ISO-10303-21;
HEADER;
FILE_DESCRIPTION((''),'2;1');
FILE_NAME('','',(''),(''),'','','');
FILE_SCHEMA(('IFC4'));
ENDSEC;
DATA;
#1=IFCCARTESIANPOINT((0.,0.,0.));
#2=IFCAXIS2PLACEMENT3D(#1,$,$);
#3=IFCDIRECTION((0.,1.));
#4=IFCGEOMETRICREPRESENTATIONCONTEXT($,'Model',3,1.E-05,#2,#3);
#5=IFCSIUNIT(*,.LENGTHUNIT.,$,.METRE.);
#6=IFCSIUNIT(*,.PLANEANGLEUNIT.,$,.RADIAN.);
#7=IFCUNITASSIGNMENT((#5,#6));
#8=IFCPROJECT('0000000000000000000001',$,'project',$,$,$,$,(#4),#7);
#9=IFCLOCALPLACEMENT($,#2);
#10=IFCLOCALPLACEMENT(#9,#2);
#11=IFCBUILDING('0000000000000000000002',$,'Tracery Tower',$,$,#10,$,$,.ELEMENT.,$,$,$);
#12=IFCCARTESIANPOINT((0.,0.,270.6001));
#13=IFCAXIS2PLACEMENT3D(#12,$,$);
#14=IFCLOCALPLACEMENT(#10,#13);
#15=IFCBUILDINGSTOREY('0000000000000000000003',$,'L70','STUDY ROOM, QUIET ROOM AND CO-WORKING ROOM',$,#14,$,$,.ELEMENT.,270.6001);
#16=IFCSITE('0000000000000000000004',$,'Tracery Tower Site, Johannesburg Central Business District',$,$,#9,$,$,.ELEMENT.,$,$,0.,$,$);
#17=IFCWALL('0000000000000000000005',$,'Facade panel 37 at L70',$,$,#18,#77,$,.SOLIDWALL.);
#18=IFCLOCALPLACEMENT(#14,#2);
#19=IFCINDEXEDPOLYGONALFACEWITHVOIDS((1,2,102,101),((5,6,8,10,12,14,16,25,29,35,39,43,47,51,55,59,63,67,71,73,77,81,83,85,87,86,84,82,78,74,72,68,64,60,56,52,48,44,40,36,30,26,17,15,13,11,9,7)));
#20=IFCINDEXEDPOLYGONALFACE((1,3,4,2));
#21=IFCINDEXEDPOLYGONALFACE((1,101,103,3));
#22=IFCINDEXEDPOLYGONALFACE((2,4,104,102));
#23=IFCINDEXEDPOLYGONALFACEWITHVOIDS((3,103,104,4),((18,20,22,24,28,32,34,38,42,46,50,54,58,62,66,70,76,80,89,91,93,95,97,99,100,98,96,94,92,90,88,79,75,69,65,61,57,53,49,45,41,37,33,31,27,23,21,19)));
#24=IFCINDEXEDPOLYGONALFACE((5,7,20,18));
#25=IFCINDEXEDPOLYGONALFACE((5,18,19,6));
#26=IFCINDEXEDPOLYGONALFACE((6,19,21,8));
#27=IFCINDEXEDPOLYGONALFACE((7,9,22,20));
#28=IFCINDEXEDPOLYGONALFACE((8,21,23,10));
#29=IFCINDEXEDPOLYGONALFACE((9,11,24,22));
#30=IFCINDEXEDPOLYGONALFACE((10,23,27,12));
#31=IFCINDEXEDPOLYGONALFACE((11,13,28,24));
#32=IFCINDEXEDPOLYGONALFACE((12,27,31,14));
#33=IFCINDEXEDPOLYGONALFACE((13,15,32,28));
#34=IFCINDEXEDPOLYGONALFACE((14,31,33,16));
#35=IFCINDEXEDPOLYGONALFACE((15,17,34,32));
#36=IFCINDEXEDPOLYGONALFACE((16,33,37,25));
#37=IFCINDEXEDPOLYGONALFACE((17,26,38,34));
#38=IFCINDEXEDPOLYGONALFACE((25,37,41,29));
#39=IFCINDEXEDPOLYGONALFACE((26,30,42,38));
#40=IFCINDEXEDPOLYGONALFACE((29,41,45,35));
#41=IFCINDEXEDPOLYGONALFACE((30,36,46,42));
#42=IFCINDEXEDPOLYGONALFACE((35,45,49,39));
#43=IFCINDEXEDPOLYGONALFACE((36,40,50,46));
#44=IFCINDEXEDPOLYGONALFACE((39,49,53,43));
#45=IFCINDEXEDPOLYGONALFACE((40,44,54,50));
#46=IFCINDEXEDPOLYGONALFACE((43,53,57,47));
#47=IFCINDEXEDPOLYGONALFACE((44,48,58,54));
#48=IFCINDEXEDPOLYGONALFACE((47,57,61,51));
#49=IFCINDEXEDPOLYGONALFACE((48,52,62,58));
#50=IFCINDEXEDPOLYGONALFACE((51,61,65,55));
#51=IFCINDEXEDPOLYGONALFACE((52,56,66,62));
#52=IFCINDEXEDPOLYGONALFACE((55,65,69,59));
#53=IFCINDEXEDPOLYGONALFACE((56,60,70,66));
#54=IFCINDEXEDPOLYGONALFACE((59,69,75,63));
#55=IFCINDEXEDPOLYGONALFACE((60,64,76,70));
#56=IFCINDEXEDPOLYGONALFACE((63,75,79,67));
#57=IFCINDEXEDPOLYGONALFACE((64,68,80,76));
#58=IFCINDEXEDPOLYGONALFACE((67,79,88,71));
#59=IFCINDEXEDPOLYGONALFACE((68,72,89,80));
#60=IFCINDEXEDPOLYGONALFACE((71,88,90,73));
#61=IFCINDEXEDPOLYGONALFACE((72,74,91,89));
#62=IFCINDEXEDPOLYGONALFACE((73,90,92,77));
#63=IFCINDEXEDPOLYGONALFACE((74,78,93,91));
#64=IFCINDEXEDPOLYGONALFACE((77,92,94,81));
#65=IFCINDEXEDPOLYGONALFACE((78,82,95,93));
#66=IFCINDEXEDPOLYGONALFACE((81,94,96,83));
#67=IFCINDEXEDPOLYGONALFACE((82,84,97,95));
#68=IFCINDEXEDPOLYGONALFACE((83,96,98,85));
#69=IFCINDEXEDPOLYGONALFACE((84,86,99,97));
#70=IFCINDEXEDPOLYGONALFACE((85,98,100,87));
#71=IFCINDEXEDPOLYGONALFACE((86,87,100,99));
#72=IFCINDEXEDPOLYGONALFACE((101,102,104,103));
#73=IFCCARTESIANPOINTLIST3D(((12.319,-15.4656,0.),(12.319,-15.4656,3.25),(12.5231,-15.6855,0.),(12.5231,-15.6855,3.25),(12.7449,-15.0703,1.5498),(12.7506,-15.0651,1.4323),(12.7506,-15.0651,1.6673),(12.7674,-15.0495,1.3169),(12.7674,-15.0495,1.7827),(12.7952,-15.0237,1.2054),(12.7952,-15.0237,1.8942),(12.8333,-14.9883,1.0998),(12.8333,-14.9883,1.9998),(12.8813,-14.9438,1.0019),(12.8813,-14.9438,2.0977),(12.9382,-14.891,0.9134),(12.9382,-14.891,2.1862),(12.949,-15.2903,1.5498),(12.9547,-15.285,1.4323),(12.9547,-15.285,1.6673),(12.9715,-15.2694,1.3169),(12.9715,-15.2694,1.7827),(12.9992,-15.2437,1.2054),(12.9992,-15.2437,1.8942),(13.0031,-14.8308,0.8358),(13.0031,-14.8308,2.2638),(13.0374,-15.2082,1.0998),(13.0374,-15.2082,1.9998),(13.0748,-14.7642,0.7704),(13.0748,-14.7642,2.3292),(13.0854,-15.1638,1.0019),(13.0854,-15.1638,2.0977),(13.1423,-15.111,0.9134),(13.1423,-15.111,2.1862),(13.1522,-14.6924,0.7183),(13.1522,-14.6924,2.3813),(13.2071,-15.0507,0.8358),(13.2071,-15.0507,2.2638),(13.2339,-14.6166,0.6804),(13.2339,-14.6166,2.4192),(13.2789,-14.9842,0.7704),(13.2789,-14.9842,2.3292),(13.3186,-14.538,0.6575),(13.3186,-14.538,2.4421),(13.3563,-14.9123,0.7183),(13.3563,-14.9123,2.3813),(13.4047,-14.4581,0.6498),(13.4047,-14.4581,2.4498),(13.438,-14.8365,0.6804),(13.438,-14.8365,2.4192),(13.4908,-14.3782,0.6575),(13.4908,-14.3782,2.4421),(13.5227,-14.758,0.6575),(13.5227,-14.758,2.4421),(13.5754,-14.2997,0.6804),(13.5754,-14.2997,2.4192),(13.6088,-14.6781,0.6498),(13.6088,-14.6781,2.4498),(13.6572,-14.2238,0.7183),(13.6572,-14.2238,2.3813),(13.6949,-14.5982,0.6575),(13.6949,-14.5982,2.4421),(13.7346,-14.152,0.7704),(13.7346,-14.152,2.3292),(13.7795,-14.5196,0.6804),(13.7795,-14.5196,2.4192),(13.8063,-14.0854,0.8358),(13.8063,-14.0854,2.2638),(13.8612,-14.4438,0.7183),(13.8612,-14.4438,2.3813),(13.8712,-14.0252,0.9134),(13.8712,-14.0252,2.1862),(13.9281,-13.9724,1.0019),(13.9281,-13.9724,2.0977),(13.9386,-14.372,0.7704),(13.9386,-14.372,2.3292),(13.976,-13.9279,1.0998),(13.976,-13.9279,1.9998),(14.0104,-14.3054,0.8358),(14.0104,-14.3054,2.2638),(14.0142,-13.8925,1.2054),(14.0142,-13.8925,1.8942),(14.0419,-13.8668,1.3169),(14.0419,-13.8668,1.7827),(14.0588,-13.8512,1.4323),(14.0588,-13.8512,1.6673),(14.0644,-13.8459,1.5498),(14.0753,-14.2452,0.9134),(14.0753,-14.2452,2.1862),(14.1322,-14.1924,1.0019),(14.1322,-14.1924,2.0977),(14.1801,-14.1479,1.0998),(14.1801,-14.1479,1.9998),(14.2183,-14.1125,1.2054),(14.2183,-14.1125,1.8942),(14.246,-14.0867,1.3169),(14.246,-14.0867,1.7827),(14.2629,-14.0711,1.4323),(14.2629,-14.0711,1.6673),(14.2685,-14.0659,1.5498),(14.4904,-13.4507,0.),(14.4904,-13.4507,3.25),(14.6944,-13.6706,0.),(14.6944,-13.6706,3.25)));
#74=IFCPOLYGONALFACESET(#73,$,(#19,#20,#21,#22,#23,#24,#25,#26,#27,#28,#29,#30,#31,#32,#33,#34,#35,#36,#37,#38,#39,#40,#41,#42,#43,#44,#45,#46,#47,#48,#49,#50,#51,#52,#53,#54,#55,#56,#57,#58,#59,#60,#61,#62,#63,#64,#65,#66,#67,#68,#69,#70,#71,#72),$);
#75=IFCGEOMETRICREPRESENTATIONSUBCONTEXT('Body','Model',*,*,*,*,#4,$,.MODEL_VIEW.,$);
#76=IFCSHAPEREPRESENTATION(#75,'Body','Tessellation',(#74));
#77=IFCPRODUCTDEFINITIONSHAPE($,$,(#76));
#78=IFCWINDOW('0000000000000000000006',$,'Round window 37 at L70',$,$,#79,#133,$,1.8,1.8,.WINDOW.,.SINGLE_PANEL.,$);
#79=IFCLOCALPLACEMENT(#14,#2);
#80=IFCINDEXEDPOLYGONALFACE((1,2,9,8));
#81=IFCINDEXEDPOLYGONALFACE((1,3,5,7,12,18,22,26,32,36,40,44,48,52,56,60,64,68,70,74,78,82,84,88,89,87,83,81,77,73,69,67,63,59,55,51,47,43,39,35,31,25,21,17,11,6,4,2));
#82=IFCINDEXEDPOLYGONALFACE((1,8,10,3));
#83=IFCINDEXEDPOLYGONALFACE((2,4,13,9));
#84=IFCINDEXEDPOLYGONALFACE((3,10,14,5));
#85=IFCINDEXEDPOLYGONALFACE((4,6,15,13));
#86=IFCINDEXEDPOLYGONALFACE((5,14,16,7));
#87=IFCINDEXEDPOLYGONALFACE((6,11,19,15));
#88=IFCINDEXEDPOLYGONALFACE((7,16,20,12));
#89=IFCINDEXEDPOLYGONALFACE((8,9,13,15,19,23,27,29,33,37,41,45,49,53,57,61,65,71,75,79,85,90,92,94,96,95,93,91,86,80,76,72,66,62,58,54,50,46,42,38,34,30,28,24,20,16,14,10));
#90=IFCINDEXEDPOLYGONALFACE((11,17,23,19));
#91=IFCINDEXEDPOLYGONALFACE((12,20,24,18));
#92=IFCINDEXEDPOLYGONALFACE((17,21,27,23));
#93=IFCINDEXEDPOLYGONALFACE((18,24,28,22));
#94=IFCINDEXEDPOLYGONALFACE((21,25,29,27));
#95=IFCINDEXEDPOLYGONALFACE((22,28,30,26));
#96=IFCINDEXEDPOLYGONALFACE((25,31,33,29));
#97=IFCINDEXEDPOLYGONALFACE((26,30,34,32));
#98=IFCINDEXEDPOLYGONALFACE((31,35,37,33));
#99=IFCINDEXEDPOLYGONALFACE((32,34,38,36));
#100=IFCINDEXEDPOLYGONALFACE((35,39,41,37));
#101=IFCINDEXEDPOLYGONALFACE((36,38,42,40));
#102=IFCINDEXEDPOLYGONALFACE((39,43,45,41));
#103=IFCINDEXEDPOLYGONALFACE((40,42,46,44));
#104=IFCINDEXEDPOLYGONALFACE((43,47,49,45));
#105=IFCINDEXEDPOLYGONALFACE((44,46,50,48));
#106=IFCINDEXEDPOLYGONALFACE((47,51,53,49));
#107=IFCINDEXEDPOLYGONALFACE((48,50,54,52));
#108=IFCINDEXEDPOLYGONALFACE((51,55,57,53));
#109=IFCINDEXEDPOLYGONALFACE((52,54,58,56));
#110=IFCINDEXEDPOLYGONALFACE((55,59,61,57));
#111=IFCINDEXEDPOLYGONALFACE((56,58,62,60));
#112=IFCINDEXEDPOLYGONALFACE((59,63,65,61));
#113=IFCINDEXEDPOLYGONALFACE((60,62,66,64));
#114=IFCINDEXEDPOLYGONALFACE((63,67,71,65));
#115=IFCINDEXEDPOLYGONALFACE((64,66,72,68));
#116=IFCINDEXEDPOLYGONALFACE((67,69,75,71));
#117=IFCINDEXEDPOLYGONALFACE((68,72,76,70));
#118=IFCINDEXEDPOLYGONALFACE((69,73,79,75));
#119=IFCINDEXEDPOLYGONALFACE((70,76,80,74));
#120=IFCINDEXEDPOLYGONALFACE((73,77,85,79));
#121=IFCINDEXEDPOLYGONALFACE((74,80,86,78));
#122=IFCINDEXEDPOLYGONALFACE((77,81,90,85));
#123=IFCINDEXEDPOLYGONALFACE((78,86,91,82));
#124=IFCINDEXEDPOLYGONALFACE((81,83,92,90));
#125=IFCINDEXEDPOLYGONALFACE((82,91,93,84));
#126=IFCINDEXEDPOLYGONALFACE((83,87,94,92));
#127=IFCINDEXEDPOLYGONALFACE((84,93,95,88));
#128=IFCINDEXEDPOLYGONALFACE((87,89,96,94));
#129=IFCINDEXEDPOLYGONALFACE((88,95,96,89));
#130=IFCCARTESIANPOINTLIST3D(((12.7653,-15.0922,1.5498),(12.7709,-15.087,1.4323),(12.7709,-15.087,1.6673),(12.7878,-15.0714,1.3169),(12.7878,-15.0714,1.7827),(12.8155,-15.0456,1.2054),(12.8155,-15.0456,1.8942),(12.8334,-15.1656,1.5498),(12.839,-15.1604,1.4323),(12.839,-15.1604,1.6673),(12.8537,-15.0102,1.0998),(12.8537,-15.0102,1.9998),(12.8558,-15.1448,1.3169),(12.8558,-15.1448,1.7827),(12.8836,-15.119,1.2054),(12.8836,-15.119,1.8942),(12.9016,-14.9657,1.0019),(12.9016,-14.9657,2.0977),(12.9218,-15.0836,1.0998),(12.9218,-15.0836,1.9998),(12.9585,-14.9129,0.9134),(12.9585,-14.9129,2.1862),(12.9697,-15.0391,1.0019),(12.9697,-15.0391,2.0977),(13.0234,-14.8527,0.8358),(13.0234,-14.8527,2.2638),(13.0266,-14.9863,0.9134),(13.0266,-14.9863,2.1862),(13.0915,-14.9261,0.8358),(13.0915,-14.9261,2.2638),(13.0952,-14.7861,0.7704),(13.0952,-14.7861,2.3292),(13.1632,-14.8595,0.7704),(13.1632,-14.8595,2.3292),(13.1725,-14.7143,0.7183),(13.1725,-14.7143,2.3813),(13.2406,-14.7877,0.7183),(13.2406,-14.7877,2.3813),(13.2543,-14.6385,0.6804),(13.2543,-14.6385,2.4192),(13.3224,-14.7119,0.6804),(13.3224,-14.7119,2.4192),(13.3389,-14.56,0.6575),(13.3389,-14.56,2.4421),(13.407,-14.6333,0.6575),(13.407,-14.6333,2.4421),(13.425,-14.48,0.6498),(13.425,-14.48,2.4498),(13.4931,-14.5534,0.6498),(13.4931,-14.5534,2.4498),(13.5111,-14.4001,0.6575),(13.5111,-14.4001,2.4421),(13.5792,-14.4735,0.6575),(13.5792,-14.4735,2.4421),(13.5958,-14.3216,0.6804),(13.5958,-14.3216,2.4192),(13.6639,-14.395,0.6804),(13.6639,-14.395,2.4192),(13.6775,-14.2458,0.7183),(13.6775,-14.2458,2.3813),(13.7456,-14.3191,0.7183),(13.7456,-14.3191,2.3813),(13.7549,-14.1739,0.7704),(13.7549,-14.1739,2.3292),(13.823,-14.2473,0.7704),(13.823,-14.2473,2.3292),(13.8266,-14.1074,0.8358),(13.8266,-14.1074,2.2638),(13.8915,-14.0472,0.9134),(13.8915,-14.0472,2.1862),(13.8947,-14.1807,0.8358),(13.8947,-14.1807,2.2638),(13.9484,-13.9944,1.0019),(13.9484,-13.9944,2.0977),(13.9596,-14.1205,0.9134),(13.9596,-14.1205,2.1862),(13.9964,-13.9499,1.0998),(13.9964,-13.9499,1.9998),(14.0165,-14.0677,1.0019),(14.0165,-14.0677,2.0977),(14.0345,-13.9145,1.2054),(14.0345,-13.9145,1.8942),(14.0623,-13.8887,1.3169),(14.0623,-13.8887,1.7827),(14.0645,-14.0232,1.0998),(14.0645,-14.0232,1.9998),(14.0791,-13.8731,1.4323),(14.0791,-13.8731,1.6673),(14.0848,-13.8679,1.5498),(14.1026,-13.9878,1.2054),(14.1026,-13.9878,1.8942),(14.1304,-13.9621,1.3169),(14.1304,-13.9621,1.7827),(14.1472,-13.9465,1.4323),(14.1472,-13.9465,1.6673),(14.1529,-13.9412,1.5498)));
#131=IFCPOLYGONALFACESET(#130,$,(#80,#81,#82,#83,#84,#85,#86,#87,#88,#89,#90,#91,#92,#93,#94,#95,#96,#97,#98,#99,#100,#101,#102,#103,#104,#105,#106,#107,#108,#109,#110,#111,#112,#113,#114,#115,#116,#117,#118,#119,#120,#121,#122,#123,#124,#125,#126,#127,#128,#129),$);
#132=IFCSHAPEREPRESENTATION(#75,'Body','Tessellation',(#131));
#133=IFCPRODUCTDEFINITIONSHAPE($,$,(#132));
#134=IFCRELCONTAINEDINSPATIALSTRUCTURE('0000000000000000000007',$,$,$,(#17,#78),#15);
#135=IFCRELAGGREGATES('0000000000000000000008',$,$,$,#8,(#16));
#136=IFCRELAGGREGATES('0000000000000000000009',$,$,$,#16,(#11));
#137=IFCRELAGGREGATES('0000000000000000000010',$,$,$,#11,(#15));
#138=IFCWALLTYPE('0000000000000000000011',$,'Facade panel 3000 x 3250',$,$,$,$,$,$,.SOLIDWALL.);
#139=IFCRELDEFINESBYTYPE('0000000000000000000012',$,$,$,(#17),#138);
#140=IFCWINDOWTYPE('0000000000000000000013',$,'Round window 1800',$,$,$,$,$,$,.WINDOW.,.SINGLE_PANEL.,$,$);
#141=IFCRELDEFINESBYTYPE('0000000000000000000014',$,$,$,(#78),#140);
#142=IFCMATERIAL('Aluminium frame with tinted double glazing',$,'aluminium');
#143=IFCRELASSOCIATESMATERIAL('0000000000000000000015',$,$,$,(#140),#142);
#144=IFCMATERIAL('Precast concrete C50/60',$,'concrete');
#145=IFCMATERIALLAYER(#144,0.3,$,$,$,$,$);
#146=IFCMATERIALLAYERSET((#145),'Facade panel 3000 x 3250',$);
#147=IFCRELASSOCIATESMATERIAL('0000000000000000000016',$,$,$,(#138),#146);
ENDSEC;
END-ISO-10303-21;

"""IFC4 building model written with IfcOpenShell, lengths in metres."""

from ifc_helpers import new_model, si_unit, direction, frame, frame_2d, origin, origin_2d, place, context, subcontext, project, spatial, rectangle, circle, extrude, material, layer, layer_set, type_object, element, fill, save


model = new_model("IFC4")

# Units and contexts
model_context = context("Model", 3, precision=1e-05, world=origin(), true_north=direction((0.0, 1.0)))
body_context = subcontext(model_context, "Body", "Model", "MODEL_VIEW")
ifc_project = project(units=[si_unit("LENGTHUNIT", "METRE"), si_unit("PLANEANGLEUNIT", "RADIAN")], contexts=[model_context])

# Site, building, storey
site_placement = place(None, origin())
site = spatial("IfcSite", under=ifc_project, at=site_placement, Name="Tracery Tower Site, Johannesburg Central Business District", CompositionType="ELEMENT", RefElevation=0.0)
building_placement = place(site_placement, origin())
building = spatial("IfcBuilding", under=site, at=building_placement, Name="Tracery Tower", CompositionType="ELEMENT")
storey_placement = place(building_placement, frame((0.0, 0.0, 270.6001)))
storey = spatial("IfcBuildingStorey", under=building, at=storey_placement, Name="L70", Description="STUDY ROOM, QUIET ROOM AND CO-WORKING ROOM", CompositionType="ELEMENT", Elevation=270.6001)

# Wall, opening, window
ifc_material_1 = material(Name="Aluminium frame with tinted double glazing", Category="aluminium")
window_type = type_object("IfcWindowType", Name="Round window 1800", PartitioningType="SINGLE_PANEL", PredefinedType="WINDOW", material=ifc_material_1)
ifc_material_2 = material(Name="Precast concrete C50/60", Category="concrete")
ifc_layer_1 = layer(ifc_material_2, 0.3)
ifc_layer_set_1 = layer_set([ifc_layer_1], Name="Facade panel 3000 x 3250")
wall_type_1 = type_object("IfcWallType", Name="Facade panel 3000 x 3250", PredefinedType="SOLIDWALL", material=ifc_layer_set_1)
wall_1_placement = place(storey_placement, frame((12.4211, -15.5754, 0.0), z_axis=(0.0, 0.0, 1.0), x_axis=(0.733028, 0.680198, 0.0)))
wall_1 = element("IfcWall", 1, at=wall_1_placement, inside=storey, type_object=wall_type_1, Name="Facade panel 37 at L70", PredefinedType="SOLIDWALL", context=body_context, shape_type="SweptSolid", body=[
    extrude(rectangle(XDim=2.9622, YDim=0.3, at=frame_2d((1.481, 0.0))), origin(), (0.0, 0.0, 1.0), 3.25),
])
opening_1_placement = place(wall_1_placement, frame((1.481, 0.0, 1.5498)))
opening_1 = element("IfcOpeningElement", 2, at=opening_1_placement, cuts=wall_1, PredefinedType="OPENING", context=body_context, shape_type="SweptSolid", body=[
    extrude(circle(Radius=0.9, at=origin_2d()), frame((0.0, 0.1599, 0.0), z_axis=(0.0, -1.0, 0.0), x_axis=(1.0, 0.0, 0.0)), (0.0, 0.0, 1.0), 0.3201),
])
window_1_placement = place(opening_1_placement, origin())
window_1 = element("IfcWindow", 3, at=window_1_placement, inside=storey, type_object=window_type, Name="Round window 37 at L70", OverallHeight=1.8, OverallWidth=1.8, PartitioningType="SINGLE_PANEL", PredefinedType="WINDOW", context=body_context, shape_type="SweptSolid", body=[
    extrude(circle(Radius=0.9, at=origin_2d()), frame((0.0, 0.1201, 0.0), z_axis=(0.0, -1.0, 0.0), x_axis=(1.0, 0.0, 0.0)), (0.0, 0.0, 1.0), 0.1001),
])
fill(opening_1, window_1)

save(model, "model.ifc")
